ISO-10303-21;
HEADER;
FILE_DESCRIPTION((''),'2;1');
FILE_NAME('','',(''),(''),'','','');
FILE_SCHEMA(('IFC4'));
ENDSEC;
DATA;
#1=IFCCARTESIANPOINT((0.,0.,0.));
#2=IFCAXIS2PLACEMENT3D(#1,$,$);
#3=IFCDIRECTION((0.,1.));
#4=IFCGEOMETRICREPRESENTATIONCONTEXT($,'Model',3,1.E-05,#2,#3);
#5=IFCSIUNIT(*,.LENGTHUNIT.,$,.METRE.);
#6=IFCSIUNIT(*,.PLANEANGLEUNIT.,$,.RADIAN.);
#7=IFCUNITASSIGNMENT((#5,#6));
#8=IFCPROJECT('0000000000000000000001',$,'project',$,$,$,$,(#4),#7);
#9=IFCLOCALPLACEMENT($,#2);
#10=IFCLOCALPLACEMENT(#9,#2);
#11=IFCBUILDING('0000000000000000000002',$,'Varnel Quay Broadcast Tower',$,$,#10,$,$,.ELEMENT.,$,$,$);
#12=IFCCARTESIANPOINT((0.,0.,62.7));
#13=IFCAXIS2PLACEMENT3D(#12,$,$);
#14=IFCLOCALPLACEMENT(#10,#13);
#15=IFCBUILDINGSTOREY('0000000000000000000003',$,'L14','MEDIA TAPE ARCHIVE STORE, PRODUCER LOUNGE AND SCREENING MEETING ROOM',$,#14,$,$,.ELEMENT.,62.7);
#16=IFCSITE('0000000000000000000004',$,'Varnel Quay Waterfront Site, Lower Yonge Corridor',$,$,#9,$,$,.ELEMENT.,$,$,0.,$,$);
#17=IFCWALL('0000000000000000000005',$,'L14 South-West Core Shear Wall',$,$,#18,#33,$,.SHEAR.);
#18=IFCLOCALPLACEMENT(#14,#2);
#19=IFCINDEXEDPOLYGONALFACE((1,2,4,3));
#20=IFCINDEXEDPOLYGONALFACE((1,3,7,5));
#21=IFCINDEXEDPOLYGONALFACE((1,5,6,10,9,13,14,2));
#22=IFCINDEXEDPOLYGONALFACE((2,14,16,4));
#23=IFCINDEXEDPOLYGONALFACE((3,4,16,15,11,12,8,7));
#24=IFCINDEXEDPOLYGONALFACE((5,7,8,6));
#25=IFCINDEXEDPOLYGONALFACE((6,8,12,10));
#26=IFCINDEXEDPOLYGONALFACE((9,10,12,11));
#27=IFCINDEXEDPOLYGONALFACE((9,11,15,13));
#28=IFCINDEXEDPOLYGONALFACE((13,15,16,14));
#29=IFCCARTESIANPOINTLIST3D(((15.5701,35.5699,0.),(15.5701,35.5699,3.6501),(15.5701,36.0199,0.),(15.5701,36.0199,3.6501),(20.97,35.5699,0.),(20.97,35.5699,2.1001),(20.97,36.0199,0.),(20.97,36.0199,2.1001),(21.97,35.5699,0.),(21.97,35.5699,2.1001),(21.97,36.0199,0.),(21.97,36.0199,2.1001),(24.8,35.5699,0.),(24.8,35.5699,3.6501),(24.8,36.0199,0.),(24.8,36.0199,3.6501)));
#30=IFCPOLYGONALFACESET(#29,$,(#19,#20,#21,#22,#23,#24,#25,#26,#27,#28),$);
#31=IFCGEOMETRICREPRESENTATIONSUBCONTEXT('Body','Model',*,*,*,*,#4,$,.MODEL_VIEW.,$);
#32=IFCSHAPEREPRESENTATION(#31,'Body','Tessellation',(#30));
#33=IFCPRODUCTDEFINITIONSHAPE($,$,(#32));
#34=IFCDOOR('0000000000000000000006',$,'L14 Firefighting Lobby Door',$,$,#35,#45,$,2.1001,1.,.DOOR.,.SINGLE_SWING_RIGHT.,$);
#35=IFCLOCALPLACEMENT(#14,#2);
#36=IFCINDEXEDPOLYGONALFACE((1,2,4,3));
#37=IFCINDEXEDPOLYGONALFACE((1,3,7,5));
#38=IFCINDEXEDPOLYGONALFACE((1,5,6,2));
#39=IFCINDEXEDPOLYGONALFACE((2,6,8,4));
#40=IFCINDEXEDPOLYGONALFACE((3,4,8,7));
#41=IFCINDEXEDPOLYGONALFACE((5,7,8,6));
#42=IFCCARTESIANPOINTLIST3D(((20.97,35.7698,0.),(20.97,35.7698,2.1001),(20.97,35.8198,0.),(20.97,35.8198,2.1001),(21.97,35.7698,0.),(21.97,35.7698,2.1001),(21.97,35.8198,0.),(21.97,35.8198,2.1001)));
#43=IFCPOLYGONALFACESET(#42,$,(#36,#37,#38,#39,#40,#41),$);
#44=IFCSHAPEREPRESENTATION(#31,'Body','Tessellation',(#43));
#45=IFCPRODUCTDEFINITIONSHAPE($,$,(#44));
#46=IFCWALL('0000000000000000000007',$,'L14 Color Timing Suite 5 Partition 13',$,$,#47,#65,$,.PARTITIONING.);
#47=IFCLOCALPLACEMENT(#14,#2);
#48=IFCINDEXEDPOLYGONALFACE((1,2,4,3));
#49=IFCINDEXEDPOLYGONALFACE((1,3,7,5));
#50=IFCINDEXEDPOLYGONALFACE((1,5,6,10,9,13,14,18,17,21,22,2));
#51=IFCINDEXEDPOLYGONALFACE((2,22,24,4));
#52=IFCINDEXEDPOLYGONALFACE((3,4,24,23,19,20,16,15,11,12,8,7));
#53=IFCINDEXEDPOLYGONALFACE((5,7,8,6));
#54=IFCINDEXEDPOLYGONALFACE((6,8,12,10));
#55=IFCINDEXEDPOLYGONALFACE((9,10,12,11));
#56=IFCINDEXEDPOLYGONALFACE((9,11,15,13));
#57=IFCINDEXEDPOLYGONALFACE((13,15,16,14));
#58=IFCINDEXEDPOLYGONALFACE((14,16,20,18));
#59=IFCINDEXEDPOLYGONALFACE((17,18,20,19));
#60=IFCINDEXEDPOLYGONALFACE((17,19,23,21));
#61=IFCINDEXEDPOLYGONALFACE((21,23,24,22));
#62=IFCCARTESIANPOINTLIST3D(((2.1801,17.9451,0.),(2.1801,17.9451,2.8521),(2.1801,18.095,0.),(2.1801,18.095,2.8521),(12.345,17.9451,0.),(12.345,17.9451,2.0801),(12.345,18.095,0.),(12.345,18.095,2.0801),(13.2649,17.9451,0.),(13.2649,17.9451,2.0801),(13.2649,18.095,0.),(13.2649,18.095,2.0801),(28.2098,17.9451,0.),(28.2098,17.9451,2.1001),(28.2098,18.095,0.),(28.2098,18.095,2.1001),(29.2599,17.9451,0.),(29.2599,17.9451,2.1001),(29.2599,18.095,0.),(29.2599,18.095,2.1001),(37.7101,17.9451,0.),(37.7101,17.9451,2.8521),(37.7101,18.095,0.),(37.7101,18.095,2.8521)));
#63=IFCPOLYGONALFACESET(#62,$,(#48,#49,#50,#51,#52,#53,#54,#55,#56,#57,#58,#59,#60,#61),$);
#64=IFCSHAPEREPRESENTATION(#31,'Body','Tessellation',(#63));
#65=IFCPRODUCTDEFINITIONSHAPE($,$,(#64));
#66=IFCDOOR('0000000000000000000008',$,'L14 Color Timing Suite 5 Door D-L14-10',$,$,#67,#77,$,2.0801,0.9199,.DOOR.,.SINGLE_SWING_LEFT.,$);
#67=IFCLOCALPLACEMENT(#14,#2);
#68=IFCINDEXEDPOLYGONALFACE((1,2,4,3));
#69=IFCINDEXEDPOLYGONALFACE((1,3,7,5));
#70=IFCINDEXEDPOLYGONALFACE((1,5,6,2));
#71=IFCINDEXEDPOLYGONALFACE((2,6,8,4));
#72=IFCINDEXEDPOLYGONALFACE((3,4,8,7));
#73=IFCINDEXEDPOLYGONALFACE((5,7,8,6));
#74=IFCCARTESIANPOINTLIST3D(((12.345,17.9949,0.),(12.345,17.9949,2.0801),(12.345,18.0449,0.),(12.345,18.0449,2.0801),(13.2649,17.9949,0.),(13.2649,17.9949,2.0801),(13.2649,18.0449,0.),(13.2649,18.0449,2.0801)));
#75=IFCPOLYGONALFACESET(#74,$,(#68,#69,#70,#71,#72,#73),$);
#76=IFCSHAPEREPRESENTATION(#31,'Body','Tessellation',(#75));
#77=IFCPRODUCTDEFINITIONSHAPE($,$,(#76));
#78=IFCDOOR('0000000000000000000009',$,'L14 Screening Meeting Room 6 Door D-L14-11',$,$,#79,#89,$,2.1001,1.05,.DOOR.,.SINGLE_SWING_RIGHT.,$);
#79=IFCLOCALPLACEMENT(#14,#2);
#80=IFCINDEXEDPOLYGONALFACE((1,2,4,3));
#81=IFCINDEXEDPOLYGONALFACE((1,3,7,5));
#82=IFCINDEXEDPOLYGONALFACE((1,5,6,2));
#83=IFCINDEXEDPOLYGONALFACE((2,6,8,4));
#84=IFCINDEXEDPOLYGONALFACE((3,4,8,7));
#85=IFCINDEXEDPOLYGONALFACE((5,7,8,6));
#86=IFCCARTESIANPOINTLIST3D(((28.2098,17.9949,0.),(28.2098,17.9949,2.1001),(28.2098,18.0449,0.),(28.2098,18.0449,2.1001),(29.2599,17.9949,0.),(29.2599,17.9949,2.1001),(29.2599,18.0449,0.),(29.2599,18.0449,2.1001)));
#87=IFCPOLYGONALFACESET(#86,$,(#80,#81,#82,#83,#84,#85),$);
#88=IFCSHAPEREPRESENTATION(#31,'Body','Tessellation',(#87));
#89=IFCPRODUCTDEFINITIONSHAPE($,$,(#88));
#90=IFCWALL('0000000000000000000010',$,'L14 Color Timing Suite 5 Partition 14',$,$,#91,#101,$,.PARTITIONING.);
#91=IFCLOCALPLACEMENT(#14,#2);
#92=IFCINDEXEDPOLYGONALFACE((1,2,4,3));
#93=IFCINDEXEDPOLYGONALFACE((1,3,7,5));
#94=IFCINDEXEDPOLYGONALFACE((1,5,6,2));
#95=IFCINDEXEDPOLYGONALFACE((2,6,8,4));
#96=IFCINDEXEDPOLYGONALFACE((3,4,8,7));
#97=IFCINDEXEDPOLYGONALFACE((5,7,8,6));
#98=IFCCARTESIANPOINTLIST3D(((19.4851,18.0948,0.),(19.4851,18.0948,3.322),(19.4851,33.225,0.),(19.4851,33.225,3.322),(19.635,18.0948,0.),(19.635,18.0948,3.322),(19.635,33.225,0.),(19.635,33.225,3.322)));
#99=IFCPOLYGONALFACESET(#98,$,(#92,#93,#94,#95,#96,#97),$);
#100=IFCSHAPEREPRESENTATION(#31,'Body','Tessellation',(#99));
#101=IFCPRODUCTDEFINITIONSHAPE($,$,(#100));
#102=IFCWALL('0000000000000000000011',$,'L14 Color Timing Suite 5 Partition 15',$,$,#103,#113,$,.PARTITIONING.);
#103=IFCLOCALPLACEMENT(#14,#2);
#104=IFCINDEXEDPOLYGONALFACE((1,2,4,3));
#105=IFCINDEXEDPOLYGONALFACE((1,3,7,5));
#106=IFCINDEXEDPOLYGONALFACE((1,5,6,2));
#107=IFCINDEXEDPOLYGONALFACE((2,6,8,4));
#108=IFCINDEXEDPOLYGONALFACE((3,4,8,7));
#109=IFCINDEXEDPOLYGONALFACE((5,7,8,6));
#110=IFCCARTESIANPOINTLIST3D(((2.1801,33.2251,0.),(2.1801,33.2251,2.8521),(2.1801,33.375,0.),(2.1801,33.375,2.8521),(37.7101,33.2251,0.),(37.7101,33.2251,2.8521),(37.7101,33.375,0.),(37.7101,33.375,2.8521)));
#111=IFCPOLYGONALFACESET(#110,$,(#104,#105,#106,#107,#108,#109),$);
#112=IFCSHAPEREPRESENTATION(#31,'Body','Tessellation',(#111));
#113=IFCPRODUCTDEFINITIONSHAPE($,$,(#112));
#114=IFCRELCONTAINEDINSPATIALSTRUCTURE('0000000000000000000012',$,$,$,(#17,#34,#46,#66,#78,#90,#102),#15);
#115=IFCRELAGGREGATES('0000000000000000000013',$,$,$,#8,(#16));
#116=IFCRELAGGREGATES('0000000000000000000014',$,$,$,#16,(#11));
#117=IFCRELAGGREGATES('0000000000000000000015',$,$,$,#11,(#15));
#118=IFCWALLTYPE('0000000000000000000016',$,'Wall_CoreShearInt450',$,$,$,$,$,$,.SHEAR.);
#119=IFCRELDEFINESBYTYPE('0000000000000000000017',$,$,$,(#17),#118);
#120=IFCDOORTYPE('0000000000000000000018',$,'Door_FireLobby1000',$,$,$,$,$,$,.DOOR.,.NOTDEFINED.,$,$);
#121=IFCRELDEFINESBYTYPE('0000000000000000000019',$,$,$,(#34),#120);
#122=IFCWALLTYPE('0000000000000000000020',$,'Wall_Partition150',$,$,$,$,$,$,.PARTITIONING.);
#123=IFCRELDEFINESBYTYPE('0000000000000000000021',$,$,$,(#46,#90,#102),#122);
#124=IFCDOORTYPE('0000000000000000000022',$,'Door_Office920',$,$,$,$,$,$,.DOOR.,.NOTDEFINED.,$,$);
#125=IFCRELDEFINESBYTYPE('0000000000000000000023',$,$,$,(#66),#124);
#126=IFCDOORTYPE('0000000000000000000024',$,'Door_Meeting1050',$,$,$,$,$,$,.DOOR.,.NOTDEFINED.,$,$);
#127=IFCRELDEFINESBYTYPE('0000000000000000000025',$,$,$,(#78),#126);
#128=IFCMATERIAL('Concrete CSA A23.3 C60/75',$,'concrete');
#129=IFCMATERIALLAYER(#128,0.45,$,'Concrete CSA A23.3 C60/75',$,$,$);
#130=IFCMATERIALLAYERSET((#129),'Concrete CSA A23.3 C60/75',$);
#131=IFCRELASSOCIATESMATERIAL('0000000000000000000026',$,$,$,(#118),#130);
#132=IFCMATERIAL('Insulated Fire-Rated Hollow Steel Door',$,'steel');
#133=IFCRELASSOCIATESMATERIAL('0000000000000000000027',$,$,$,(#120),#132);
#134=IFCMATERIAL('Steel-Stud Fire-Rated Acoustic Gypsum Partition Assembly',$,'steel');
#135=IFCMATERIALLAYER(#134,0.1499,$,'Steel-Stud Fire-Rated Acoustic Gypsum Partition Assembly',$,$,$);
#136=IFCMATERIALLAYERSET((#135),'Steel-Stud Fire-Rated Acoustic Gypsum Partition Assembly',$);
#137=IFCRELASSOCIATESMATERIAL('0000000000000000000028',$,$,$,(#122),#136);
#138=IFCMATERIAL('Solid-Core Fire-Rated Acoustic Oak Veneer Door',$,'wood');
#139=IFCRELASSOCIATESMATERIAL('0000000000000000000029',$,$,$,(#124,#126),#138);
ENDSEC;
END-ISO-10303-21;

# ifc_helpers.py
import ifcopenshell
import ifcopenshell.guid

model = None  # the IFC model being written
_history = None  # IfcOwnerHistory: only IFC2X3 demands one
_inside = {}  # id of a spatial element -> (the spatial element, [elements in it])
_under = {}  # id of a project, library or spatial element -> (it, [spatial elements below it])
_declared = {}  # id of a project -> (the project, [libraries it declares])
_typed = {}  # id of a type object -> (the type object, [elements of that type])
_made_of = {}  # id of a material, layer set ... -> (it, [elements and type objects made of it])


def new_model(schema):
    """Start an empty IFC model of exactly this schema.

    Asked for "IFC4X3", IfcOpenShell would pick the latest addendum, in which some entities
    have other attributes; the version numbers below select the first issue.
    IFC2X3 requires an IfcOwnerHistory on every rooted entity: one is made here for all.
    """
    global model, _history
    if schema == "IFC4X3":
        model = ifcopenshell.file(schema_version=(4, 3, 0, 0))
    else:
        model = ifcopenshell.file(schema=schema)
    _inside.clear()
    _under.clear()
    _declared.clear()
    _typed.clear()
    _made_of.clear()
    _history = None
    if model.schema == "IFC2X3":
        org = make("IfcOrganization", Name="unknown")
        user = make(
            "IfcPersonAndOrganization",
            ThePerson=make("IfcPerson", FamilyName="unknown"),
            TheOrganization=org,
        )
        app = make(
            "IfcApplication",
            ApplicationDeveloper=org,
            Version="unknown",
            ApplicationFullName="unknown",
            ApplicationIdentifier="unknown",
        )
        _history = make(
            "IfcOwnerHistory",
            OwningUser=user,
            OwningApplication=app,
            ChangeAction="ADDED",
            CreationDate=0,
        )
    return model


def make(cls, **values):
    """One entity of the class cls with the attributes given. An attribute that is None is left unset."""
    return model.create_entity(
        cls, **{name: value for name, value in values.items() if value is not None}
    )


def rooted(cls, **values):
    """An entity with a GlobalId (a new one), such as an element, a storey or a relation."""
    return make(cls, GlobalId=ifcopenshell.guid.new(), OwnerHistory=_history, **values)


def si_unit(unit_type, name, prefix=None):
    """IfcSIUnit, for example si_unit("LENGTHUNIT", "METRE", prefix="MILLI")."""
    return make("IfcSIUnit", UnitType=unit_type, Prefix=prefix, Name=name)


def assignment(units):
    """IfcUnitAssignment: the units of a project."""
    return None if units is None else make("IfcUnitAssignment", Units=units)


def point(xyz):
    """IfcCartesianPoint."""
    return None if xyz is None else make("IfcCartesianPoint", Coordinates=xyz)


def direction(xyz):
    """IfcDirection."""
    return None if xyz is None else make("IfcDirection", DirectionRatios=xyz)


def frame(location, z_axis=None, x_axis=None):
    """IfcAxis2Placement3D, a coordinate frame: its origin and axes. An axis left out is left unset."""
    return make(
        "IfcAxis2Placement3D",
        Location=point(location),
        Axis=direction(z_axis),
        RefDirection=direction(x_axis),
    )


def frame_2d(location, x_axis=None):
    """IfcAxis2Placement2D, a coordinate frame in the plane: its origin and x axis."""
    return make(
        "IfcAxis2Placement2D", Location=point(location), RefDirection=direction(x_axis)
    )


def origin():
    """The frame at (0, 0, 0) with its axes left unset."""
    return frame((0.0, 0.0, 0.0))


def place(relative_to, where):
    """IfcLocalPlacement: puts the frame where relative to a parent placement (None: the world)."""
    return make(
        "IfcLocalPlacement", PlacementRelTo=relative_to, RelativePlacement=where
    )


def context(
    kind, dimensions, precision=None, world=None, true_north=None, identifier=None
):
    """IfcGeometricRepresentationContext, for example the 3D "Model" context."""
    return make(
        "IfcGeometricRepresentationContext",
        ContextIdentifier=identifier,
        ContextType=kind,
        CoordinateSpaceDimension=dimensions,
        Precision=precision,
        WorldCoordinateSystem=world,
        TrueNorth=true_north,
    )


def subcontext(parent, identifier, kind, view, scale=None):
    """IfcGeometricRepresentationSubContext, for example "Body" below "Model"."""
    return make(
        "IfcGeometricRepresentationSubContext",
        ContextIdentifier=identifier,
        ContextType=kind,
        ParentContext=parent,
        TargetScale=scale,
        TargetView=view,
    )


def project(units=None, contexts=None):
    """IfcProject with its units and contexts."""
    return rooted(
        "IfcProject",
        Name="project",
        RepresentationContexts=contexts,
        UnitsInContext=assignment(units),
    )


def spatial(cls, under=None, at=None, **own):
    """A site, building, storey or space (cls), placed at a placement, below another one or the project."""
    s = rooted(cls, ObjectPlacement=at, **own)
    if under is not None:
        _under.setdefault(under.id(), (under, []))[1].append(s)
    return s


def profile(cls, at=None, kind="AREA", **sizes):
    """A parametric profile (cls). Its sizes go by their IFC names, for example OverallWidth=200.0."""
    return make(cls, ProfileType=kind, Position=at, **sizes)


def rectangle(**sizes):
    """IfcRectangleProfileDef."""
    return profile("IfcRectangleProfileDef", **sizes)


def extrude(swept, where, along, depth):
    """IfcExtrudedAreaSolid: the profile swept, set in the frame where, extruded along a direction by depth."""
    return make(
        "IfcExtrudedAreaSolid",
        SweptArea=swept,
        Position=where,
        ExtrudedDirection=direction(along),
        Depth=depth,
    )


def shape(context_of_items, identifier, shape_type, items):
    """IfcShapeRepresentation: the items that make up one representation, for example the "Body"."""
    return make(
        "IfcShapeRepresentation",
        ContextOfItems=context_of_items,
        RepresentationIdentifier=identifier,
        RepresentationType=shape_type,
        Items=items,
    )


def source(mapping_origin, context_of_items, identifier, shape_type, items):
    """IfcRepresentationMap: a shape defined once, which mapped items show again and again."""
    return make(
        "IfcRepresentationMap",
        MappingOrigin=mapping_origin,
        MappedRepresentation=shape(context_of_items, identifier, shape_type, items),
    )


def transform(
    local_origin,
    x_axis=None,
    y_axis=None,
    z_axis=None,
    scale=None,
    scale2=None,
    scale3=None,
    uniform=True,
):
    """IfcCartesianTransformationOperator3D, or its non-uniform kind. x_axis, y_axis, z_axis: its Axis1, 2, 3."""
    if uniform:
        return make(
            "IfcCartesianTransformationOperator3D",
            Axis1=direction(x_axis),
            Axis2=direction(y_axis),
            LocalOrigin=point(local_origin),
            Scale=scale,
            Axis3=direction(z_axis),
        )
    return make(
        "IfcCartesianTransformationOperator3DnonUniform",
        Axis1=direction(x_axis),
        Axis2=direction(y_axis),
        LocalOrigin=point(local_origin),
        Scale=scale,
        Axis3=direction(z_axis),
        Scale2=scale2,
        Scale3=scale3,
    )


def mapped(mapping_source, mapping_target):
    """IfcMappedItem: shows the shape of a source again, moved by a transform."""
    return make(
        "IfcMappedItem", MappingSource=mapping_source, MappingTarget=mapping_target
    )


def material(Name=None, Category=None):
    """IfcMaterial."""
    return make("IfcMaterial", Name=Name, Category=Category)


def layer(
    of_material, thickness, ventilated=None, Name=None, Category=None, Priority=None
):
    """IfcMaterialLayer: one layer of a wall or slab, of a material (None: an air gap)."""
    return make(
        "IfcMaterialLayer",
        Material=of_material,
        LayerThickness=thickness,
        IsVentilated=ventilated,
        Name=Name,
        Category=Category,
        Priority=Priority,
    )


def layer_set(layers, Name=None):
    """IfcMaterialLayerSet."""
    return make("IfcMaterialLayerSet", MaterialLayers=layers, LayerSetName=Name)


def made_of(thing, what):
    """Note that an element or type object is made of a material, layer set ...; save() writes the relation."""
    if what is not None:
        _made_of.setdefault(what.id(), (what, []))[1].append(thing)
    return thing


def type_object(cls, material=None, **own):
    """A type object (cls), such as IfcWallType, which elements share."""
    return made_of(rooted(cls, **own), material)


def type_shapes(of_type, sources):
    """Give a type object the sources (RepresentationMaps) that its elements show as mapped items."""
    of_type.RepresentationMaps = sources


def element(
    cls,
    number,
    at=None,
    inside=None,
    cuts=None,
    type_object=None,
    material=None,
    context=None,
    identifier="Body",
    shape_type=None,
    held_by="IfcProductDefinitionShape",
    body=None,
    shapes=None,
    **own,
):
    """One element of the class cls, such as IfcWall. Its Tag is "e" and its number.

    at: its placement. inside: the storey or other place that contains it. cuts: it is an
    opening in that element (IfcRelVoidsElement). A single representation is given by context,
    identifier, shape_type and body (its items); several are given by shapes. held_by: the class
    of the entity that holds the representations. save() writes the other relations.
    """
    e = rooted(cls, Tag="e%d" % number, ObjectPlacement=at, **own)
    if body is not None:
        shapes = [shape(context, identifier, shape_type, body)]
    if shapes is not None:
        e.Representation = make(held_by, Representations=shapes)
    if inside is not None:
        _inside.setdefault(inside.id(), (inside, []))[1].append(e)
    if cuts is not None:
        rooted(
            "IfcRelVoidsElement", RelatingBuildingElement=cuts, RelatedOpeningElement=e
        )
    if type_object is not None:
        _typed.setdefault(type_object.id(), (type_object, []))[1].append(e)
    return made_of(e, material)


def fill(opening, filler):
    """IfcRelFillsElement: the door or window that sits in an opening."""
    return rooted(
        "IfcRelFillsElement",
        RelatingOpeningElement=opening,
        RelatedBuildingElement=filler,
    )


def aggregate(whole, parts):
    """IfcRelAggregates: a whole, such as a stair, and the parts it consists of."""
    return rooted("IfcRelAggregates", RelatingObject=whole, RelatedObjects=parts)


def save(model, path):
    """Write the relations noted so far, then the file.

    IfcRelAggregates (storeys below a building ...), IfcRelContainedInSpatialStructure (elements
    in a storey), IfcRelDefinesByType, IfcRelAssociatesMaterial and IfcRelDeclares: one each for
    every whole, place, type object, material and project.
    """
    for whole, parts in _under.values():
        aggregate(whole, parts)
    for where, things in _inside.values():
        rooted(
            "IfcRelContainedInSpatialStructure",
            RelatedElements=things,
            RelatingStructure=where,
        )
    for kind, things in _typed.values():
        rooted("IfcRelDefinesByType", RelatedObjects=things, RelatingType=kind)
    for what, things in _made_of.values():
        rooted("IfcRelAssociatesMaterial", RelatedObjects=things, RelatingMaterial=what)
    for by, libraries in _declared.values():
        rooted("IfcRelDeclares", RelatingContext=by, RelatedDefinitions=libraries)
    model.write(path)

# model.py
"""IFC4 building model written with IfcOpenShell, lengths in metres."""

from ifc_helpers import new_model, si_unit, direction, frame, frame_2d, origin, place, context, subcontext, project, spatial, rectangle, extrude, source, transform, mapped, material, layer, layer_set, type_object, type_shapes, element, fill, save


model = new_model("IFC4")

# Units and contexts
model_context = context("Model", 3, precision=1e-05, world=origin(), true_north=direction((0.0, 1.0)))
body_context = subcontext(model_context, "Body", "Model", "MODEL_VIEW")
ifc_project = project(units=[si_unit("LENGTHUNIT", "METRE"), si_unit("PLANEANGLEUNIT", "RADIAN")], contexts=[model_context])

# Site, building, storey
site_placement = place(None, origin())
site = spatial("IfcSite", under=ifc_project, at=site_placement, Name="Varnel Quay Waterfront Site, Lower Yonge Corridor", CompositionType="ELEMENT", RefElevation=0.0)
building_placement = place(site_placement, origin())
building = spatial("IfcBuilding", under=site, at=building_placement, Name="Varnel Quay Broadcast Tower", CompositionType="ELEMENT")
storey_placement = place(building_placement, frame((0.0, 0.0, 62.7)))
storey = spatial("IfcBuildingStorey", under=building, at=storey_placement, Name="L14", Description="MEDIA TAPE ARCHIVE STORE, PRODUCER LOUNGE AND SCREENING MEETING ROOM", CompositionType="ELEMENT", Elevation=62.7)

# Shared definitions
ifc_material_1 = material(Name="Concrete CSA A23.3 C60/75", Category="concrete")

# Shared definitions
ifc_material_2 = material(Name="Insulated Fire-Rated Hollow Steel Door", Category="steel")

# Shared definitions
ifc_layer_1 = layer(ifc_material_1, 0.45, Name="Concrete CSA A23.3 C60/75")
ifc_layer_set_1 = layer_set([ifc_layer_1], Name="Concrete CSA A23.3 C60/75")
wall_type_1 = type_object("IfcWallType", Name="Wall_CoreShearInt450", PredefinedType="SHEAR", material=ifc_layer_set_1)

# Wall, opening, door
wall_1_placement = place(storey_placement, frame((15.5701, 35.7949, 0.0), z_axis=(0.0, 0.0, 1.0), x_axis=(1.0, 0.0, 0.0)))
wall_1 = element("IfcWall", 1, at=wall_1_placement, inside=storey, type_object=wall_type_1, Name="L14 South-West Core Shear Wall", PredefinedType="SHEAR", context=body_context, shape_type="SweptSolid", body=[
    extrude(rectangle(XDim=9.23, YDim=0.45, at=frame_2d((4.615, 0.0))), origin(), (0.0, 0.0, 1.0), 3.6501),
])
opening_1_placement = place(wall_1_placement, frame((5.3999, 0.0, 0.0)))
opening_1 = element("IfcOpeningElement", 2, at=opening_1_placement, cuts=wall_1, PredefinedType="OPENING", context=body_context, shape_type="SweptSolid", body=[
    extrude(rectangle(XDim=1.0, YDim=2.1001, at=frame_2d((0.5, 1.05))), frame((0.0, 0.2349, 0.0), z_axis=(0.0, -1.0, 0.0), x_axis=(1.0, 0.0, 0.0)), (0.0, 0.0, 1.0), 0.47),
])
door_type_1 = type_object("IfcDoorType", Name="Door_FireLobby1000", OperationType="NOTDEFINED", PredefinedType="DOOR", material=ifc_material_2)
shared_shape_1 = source(origin(), body_context, "Body", "SweptSolid", [
    extrude(rectangle(XDim=1.0, YDim=2.1001, at=frame_2d((0.5, 1.05))), frame((0.0, 0.0249, 0.0), z_axis=(0.0, -1.0, 0.0), x_axis=(1.0, 0.0, 0.0)), (0.0, 0.0, 1.0), 0.05),
])
type_shapes(door_type_1, [shared_shape_1])
door_1_placement = place(opening_1_placement, origin())
door_1 = element("IfcDoor", 3, at=door_1_placement, inside=storey, type_object=door_type_1, Name="L14 Firefighting Lobby Door", OperationType="SINGLE_SWING_RIGHT", OverallHeight=2.1001, OverallWidth=1.0, PredefinedType="DOOR", context=body_context, shape_type="MappedRepresentation", body=[
    mapped(shared_shape_1, transform((0.0, 0.0, 0.0), x_axis=(1.0, 0.0, 0.0), y_axis=(0.0, 1.0, 0.0), z_axis=(0.0, 0.0, 1.0), scale=1.0)),
])
fill(opening_1, door_1)

# Wall, openings, doors
ifc_material_3 = material(Name="Steel-Stud Fire-Rated Acoustic Gypsum Partition Assembly", Category="steel")
ifc_layer_2 = layer(ifc_material_3, 0.1499, Name="Steel-Stud Fire-Rated Acoustic Gypsum Partition Assembly")
ifc_layer_set_2 = layer_set([ifc_layer_2], Name="Steel-Stud Fire-Rated Acoustic Gypsum Partition Assembly")
wall_type_2 = type_object("IfcWallType", Name="Wall_Partition150", PredefinedType="PARTITIONING", material=ifc_layer_set_2)
wall_2_placement = place(storey_placement, frame((2.1799, 18.02, 0.0), z_axis=(0.0, 0.0, 1.0), x_axis=(1.0, 0.0, 0.0)))
wall_2 = element("IfcWall", 4, at=wall_2_placement, inside=storey, type_object=wall_type_2, Name="L14 Color Timing Suite 5 Partition 13", PredefinedType="PARTITIONING", context=body_context, shape_type="SweptSolid", body=[
    extrude(rectangle(XDim=35.53, YDim=0.1499, at=frame_2d((17.7651, 0.0))), origin(), (0.0, 0.0, 1.0), 2.8521),
])
opening_2_placement = place(wall_2_placement, frame((10.165, 0.0, 0.0)))
opening_2 = element("IfcOpeningElement", 5, at=opening_2_placement, cuts=wall_2, PredefinedType="OPENING", context=body_context, shape_type="SweptSolid", body=[
    extrude(rectangle(XDim=0.9199, YDim=2.0801, at=frame_2d((0.46, 1.04))), frame((0.0, 0.085, 0.0), z_axis=(0.0, -1.0, 0.0), x_axis=(1.0, 0.0, 0.0)), (0.0, 0.0, 1.0), 0.1699),
])
opening_3_placement = place(wall_2_placement, frame((26.03, 0.0, 0.0)))
opening_3 = element("IfcOpeningElement", 6, at=opening_3_placement, cuts=wall_2, PredefinedType="OPENING", context=body_context, shape_type="SweptSolid", body=[
    extrude(rectangle(XDim=1.05, YDim=2.1001, at=frame_2d((0.5249, 1.05))), frame((0.0, 0.085, 0.0), z_axis=(0.0, -1.0, 0.0), x_axis=(1.0, 0.0, 0.0)), (0.0, 0.0, 1.0), 0.1699),
])
ifc_material_4 = material(Name="Solid-Core Fire-Rated Acoustic Oak Veneer Door", Category="wood")
door_type_2 = type_object("IfcDoorType", Name="Door_Office920", OperationType="NOTDEFINED", PredefinedType="DOOR", material=ifc_material_4)
shared_shape_2 = source(origin(), body_context, "Body", "SweptSolid", [
    extrude(rectangle(XDim=0.9199, YDim=2.0801, at=frame_2d((0.46, 1.04))), frame((0.0, 0.0249, 0.0), z_axis=(0.0, -1.0, 0.0), x_axis=(1.0, 0.0, 0.0)), (0.0, 0.0, 1.0), 0.05),
])
type_shapes(door_type_2, [shared_shape_2])
door_2_placement = place(opening_2_placement, origin())
door_2 = element("IfcDoor", 7, at=door_2_placement, inside=storey, type_object=door_type_2, Name="L14 Color Timing Suite 5 Door D-L14-10", OperationType="SINGLE_SWING_LEFT", OverallHeight=2.0801, OverallWidth=0.9199, PredefinedType="DOOR", context=body_context, shape_type="MappedRepresentation", body=[
    mapped(shared_shape_2, transform((0.0, 0.0, 0.0), x_axis=(1.0, 0.0, 0.0), y_axis=(0.0, 1.0, 0.0), z_axis=(0.0, 0.0, 1.0), scale=1.0)),
])
fill(opening_2, door_2)
door_type_3 = type_object("IfcDoorType", Name="Door_Meeting1050", OperationType="NOTDEFINED", PredefinedType="DOOR", material=ifc_material_4)
shared_shape_3 = source(origin(), body_context, "Body", "SweptSolid", [
    extrude(rectangle(XDim=1.05, YDim=2.1001, at=frame_2d((0.5249, 1.05))), frame((0.0, 0.0249, 0.0), z_axis=(0.0, -1.0, 0.0), x_axis=(1.0, 0.0, 0.0)), (0.0, 0.0, 1.0), 0.05),
])
type_shapes(door_type_3, [shared_shape_3])
door_3_placement = place(opening_3_placement, origin())
door_3 = element("IfcDoor", 8, at=door_3_placement, inside=storey, type_object=door_type_3, Name="L14 Screening Meeting Room 6 Door D-L14-11", OperationType="SINGLE_SWING_RIGHT", OverallHeight=2.1001, OverallWidth=1.05, PredefinedType="DOOR", context=body_context, shape_type="MappedRepresentation", body=[
    mapped(shared_shape_3, transform((0.0, 0.0, 0.0), x_axis=(1.0, 0.0, 0.0), y_axis=(0.0, 1.0, 0.0), z_axis=(0.0, 0.0, 1.0), scale=1.0)),
])
fill(opening_3, door_3)

# Walls
wall_3_placement = place(storey_placement, frame((19.5601, 18.095, 0.0), z_axis=(0.0, 0.0, 1.0), x_axis=(0.0, 1.0, 0.0)))
element("IfcWall", 9, at=wall_3_placement, inside=storey, type_object=wall_type_2, Name="L14 Color Timing Suite 5 Partition 14", PredefinedType="PARTITIONING", context=body_context, shape_type="SweptSolid", body=[
    extrude(rectangle(XDim=15.1301, YDim=0.1499, at=frame_2d((7.5649, 0.0))), origin(), (0.0, 0.0, 1.0), 3.322),
])
wall_4_placement = place(storey_placement, frame((2.1799, 33.3, 0.0), z_axis=(0.0, 0.0, 1.0), x_axis=(1.0, 0.0, 0.0)))
element("IfcWall", 10, at=wall_4_placement, inside=storey, type_object=wall_type_2, Name="L14 Color Timing Suite 5 Partition 15", PredefinedType="PARTITIONING", context=body_context, shape_type="SweptSolid", body=[
    extrude(rectangle(XDim=35.53, YDim=0.1499, at=frame_2d((17.7651, 0.0))), origin(), (0.0, 0.0, 1.0), 2.8521),
])

save(model, "model.ifc")
